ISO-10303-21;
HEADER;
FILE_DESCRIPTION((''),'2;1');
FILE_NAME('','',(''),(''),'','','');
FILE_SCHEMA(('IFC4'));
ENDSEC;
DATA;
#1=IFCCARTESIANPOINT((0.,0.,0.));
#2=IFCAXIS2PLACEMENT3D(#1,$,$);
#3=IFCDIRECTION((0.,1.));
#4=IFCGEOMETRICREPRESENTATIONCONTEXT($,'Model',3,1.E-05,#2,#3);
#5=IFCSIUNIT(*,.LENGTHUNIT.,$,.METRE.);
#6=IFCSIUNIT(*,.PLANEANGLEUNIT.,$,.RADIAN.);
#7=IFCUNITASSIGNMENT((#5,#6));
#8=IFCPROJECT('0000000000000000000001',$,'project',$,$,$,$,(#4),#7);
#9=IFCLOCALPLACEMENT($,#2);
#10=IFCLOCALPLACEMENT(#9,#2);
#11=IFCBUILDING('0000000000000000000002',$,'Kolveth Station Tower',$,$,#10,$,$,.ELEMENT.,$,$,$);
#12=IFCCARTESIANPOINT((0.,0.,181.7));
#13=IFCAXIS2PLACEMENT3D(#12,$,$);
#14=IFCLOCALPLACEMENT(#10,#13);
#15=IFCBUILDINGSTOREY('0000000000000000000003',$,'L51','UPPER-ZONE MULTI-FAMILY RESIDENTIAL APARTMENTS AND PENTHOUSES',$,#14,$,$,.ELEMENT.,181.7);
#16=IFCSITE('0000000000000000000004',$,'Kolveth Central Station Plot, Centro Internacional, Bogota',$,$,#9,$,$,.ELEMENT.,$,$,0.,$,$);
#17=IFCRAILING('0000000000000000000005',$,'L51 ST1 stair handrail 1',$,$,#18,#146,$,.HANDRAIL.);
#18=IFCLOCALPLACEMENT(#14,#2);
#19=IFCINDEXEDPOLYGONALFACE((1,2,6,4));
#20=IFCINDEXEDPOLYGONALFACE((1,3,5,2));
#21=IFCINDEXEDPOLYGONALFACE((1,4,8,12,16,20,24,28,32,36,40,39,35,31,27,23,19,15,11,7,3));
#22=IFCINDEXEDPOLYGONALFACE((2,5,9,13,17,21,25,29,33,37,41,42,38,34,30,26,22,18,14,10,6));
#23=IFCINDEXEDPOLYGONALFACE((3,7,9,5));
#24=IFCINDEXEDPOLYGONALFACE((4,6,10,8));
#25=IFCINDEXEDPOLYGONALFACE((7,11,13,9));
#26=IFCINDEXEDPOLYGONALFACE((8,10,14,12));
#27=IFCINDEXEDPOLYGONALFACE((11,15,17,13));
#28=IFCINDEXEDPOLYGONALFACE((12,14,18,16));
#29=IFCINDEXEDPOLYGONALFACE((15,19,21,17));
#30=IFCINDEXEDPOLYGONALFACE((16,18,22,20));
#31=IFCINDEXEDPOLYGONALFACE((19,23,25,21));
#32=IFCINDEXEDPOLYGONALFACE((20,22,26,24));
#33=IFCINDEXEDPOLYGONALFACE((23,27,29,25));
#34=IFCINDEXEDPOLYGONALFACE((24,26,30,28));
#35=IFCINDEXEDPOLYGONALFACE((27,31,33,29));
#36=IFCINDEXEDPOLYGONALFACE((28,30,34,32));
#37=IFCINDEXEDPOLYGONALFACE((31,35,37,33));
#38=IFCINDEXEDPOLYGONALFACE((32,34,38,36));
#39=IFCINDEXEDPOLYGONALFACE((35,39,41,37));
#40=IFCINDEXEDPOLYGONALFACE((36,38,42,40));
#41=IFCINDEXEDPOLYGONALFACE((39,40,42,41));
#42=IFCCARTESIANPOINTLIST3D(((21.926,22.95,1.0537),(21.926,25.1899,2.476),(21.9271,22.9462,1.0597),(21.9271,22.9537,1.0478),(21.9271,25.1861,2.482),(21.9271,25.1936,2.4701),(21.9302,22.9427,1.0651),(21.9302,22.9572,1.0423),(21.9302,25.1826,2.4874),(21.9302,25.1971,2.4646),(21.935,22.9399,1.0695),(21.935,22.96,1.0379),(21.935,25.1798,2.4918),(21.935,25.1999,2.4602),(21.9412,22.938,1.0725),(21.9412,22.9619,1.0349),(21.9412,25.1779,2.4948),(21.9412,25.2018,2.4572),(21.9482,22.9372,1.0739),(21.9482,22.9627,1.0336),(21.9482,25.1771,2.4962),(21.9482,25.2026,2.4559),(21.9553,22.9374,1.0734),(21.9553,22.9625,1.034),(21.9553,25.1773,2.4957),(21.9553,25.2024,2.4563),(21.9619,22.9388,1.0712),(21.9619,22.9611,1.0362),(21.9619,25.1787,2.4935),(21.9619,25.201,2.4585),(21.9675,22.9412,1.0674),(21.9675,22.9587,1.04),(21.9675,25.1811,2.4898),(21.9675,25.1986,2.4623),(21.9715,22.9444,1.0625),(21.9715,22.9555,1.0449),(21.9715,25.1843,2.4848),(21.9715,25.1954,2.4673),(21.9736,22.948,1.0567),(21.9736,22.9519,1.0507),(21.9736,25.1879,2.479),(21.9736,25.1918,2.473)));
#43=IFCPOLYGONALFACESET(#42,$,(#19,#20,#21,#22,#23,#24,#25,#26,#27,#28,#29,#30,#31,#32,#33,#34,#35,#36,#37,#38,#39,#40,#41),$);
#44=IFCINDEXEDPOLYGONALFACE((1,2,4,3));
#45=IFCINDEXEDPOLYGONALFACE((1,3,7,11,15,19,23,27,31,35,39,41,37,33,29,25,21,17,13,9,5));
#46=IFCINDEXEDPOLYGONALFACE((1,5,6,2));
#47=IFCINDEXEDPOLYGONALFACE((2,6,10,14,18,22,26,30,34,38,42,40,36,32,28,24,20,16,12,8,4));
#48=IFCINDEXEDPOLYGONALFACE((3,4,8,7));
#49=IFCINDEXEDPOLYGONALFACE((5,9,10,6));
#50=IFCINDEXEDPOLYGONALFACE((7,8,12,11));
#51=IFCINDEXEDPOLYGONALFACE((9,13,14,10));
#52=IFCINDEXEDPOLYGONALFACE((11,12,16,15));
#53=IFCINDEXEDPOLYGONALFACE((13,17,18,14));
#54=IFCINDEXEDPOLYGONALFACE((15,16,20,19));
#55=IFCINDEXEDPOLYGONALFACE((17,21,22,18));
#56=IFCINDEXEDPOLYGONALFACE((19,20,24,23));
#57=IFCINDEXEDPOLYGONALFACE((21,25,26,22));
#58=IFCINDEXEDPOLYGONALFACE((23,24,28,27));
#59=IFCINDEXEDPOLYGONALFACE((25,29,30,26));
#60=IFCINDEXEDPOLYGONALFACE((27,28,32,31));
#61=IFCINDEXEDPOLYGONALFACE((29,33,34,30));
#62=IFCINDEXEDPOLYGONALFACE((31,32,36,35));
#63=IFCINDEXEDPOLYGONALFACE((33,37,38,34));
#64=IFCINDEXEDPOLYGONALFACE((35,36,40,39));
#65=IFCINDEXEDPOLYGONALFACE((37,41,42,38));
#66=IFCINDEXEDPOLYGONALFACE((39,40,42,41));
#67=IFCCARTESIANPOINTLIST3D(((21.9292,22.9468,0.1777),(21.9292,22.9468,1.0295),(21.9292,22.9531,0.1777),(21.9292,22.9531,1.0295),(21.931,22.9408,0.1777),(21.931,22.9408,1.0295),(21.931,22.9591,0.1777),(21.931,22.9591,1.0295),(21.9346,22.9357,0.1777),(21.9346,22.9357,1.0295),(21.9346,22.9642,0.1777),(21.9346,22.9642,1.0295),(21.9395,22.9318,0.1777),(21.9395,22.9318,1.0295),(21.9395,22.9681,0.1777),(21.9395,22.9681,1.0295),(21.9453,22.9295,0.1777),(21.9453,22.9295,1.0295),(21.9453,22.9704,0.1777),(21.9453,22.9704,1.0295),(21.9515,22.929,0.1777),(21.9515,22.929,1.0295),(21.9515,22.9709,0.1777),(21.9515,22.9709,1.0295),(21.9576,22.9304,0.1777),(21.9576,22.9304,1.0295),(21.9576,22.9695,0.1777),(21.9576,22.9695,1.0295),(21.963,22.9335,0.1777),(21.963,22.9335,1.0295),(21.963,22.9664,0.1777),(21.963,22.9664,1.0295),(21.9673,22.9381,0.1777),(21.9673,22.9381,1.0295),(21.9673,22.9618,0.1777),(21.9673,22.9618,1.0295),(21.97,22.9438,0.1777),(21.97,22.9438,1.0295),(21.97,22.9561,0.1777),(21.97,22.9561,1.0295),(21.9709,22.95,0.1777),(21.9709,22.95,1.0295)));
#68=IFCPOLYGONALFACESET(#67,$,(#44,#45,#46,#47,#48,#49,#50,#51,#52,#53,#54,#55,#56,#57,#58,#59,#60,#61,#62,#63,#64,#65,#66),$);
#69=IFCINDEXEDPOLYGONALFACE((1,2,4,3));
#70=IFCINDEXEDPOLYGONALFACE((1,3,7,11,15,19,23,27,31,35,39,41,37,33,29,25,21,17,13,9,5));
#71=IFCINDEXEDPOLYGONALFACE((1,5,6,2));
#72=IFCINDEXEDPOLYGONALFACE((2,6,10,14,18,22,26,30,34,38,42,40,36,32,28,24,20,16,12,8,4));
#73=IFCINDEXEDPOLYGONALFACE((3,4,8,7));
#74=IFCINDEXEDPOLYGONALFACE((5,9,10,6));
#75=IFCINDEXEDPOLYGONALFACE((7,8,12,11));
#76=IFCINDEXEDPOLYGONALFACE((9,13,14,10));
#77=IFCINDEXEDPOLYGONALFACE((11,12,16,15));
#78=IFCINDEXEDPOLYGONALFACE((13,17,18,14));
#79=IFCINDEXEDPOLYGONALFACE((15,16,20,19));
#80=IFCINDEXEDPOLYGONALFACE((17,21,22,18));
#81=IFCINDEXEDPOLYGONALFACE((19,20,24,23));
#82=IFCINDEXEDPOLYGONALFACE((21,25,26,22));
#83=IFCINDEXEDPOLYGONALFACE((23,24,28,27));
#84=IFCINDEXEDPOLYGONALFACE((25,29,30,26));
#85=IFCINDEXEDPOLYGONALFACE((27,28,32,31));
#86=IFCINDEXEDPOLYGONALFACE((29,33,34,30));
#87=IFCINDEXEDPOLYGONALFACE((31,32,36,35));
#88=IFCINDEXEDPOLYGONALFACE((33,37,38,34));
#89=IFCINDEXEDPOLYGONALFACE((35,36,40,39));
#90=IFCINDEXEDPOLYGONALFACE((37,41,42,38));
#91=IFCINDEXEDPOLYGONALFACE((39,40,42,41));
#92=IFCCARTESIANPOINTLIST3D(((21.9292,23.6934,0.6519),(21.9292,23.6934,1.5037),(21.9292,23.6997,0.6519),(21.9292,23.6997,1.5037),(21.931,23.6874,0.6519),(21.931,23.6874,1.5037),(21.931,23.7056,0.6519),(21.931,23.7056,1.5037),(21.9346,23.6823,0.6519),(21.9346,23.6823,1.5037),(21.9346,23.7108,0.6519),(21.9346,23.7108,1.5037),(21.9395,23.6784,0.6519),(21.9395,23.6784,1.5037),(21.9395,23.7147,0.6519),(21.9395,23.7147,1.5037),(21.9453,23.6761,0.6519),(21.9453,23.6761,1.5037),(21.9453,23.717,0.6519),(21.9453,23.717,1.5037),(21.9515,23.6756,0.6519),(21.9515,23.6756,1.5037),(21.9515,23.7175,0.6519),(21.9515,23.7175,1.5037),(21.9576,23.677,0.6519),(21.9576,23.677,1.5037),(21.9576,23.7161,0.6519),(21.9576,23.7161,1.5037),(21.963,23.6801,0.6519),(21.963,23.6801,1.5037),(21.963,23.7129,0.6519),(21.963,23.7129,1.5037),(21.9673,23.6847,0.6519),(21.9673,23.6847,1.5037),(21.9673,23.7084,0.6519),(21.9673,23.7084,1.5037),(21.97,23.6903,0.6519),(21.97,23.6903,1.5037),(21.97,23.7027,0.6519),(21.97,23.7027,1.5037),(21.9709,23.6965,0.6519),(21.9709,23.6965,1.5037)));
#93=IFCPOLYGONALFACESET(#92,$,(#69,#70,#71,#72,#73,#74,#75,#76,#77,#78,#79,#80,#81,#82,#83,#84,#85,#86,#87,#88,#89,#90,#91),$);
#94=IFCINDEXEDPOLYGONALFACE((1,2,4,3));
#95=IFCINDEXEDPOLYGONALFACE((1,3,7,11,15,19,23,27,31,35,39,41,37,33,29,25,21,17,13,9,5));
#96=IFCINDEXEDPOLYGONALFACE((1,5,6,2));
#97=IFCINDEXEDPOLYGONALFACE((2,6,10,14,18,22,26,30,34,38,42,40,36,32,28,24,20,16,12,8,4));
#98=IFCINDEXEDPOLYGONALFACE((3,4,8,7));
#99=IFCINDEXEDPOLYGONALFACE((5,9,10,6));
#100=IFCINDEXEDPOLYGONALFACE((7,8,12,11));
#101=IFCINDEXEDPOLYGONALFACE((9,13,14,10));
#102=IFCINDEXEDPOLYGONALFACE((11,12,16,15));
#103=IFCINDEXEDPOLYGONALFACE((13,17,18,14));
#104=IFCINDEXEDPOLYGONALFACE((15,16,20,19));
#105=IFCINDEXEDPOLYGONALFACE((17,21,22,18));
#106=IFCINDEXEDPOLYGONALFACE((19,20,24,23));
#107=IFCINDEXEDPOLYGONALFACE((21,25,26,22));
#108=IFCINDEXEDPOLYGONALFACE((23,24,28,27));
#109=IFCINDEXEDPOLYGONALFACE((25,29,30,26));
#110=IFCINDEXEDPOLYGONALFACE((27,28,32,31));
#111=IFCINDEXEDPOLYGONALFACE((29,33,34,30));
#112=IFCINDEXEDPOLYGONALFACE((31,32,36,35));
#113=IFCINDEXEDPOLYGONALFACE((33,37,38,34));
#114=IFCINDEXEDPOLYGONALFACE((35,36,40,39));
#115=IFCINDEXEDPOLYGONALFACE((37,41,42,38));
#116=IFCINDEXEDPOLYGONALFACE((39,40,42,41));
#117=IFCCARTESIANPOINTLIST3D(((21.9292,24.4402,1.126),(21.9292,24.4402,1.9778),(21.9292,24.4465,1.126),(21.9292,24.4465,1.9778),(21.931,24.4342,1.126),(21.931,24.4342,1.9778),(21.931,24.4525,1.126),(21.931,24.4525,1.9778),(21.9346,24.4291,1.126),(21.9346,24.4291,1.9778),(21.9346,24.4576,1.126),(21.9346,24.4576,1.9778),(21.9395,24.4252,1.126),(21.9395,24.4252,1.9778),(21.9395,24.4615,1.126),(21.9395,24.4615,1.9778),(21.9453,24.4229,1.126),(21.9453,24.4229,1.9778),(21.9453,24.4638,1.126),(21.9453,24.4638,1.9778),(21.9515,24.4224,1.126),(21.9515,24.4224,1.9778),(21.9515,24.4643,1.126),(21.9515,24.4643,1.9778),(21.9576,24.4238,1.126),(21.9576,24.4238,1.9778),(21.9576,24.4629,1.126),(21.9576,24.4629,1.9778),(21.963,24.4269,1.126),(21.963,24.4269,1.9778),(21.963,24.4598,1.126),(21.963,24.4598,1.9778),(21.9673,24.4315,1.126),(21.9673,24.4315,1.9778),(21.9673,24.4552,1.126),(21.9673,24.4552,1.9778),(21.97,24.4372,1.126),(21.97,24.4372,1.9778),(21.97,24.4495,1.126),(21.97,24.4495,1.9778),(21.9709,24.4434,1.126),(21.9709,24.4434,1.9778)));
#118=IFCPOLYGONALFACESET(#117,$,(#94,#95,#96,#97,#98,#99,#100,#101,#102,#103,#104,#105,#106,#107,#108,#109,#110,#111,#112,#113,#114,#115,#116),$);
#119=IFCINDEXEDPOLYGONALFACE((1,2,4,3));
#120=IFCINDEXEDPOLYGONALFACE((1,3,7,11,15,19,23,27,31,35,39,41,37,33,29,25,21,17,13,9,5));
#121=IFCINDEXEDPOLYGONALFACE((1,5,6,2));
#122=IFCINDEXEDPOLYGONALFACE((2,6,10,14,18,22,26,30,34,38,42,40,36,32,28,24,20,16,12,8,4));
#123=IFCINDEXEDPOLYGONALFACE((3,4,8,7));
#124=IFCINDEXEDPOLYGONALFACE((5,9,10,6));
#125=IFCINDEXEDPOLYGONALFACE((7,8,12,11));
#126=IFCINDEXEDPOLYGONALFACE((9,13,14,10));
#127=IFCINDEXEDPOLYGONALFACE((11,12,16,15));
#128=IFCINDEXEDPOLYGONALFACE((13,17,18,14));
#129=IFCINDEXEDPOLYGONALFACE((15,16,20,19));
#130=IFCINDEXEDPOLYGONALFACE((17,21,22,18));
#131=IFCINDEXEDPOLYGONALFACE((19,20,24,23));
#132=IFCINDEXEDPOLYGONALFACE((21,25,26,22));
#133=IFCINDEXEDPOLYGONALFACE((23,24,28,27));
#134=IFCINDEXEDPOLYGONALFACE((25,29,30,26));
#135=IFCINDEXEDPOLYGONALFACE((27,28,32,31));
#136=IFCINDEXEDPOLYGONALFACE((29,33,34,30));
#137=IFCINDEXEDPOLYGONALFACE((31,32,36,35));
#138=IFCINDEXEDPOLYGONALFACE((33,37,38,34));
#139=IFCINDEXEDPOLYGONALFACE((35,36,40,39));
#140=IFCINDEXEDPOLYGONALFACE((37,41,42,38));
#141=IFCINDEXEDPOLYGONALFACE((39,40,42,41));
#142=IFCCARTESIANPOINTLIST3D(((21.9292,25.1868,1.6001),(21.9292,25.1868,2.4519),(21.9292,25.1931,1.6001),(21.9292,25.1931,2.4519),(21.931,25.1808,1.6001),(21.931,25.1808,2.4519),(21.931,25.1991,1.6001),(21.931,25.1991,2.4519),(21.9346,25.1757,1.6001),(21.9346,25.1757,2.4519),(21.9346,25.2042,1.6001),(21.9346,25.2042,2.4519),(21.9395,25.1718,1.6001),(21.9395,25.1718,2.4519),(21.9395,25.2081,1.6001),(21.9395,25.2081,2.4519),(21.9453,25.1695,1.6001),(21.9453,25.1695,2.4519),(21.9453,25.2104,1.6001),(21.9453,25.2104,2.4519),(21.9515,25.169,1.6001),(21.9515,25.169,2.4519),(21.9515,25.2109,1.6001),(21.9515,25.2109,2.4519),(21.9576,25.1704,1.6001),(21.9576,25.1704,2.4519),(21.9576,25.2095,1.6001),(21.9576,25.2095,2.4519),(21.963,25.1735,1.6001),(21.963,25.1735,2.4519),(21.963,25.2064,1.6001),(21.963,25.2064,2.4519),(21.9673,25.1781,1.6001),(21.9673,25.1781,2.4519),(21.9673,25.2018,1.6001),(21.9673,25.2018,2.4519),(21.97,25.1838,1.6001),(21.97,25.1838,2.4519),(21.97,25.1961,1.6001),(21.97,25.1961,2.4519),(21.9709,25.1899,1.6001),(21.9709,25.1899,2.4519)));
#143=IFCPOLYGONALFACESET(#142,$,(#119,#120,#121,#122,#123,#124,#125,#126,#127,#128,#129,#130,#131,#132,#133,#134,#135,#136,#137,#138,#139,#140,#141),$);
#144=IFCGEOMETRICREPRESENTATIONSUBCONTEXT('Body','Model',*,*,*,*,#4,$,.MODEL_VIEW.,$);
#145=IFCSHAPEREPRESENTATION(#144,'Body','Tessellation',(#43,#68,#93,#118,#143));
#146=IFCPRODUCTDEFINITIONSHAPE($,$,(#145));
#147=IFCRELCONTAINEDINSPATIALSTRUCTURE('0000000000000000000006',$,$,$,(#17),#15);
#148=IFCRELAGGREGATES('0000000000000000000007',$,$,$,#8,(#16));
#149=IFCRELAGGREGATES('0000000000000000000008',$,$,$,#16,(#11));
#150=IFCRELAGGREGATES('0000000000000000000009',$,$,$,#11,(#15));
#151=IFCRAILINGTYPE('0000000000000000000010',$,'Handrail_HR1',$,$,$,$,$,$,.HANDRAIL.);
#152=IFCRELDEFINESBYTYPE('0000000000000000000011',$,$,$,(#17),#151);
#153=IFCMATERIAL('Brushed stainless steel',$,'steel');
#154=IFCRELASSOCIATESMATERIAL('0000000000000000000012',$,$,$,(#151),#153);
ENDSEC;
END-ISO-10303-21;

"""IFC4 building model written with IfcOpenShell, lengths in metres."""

from ifc_helpers import new_model, si_unit, direction, frame, origin, origin_2d, place, context, subcontext, project, spatial, circle, extrude, material, type_object, element, save


model = new_model("IFC4")

# Units and contexts
model_context = context("Model", 3, precision=1e-05, world=origin(), true_north=direction((0.0, 1.0)))
body_context = subcontext(model_context, "Body", "Model", "MODEL_VIEW")
ifc_project = project(units=[si_unit("LENGTHUNIT", "METRE"), si_unit("PLANEANGLEUNIT", "RADIAN")], contexts=[model_context])

# Site, building, storey
site_placement = place(None, origin())
site = spatial("IfcSite", under=ifc_project, at=site_placement, Name="Kolveth Central Station Plot, Centro Internacional, Bogota", CompositionType="ELEMENT", RefElevation=0.0)
building_placement = place(site_placement, origin())
building = spatial("IfcBuilding", under=site, at=building_placement, Name="Kolveth Station Tower", CompositionType="ELEMENT")
storey_placement = place(building_placement, frame((0.0, 0.0, 181.7)))
storey = spatial("IfcBuildingStorey", under=building, at=storey_placement, Name="L51", Description="UPPER-ZONE MULTI-FAMILY RESIDENTIAL APARTMENTS AND PENTHOUSES", CompositionType="ELEMENT", Elevation=181.7)

# Railing
ifc_material_1 = material(Name="Brushed stainless steel", Category="steel")
railing_type_1 = type_object("IfcRailingType", Name="Handrail_HR1", PredefinedType="HANDRAIL", material=ifc_material_1)
railing_1_placement = place(storey_placement, frame((21.95, 22.95, 0.1777)))
element("IfcRailing", 1, at=railing_1_placement, inside=storey, type_object=railing_type_1, Name="L51 ST1 stair handrail 1", PredefinedType="HANDRAIL", context=body_context, shape_type="SweptSolid", body=[
    extrude(circle(Radius=0.0239, at=origin_2d()), frame((0.0, 0.0, 0.876), z_axis=(0.0, 0.844188, 0.536048), x_axis=(-1.0, 0.0, 0.0)), (0.0, 0.0, 1.0), 2.6533),
    extrude(circle(Radius=0.021, at=origin_2d()), origin(), (0.0, 0.0, 1.0), 0.8518),
    extrude(circle(Radius=0.021, at=origin_2d()), frame((0.0, 0.7466, 0.4741)), (0.0, 0.0, 1.0), 0.8518),
    extrude(circle(Radius=0.021, at=origin_2d()), frame((0.0, 1.4934, 0.9482)), (0.0, 0.0, 1.0), 0.8518),
    extrude(circle(Radius=0.021, at=origin_2d()), frame((0.0, 2.24, 1.4224)), (0.0, 0.0, 1.0), 0.8518),
])

save(model, "model.ifc")
